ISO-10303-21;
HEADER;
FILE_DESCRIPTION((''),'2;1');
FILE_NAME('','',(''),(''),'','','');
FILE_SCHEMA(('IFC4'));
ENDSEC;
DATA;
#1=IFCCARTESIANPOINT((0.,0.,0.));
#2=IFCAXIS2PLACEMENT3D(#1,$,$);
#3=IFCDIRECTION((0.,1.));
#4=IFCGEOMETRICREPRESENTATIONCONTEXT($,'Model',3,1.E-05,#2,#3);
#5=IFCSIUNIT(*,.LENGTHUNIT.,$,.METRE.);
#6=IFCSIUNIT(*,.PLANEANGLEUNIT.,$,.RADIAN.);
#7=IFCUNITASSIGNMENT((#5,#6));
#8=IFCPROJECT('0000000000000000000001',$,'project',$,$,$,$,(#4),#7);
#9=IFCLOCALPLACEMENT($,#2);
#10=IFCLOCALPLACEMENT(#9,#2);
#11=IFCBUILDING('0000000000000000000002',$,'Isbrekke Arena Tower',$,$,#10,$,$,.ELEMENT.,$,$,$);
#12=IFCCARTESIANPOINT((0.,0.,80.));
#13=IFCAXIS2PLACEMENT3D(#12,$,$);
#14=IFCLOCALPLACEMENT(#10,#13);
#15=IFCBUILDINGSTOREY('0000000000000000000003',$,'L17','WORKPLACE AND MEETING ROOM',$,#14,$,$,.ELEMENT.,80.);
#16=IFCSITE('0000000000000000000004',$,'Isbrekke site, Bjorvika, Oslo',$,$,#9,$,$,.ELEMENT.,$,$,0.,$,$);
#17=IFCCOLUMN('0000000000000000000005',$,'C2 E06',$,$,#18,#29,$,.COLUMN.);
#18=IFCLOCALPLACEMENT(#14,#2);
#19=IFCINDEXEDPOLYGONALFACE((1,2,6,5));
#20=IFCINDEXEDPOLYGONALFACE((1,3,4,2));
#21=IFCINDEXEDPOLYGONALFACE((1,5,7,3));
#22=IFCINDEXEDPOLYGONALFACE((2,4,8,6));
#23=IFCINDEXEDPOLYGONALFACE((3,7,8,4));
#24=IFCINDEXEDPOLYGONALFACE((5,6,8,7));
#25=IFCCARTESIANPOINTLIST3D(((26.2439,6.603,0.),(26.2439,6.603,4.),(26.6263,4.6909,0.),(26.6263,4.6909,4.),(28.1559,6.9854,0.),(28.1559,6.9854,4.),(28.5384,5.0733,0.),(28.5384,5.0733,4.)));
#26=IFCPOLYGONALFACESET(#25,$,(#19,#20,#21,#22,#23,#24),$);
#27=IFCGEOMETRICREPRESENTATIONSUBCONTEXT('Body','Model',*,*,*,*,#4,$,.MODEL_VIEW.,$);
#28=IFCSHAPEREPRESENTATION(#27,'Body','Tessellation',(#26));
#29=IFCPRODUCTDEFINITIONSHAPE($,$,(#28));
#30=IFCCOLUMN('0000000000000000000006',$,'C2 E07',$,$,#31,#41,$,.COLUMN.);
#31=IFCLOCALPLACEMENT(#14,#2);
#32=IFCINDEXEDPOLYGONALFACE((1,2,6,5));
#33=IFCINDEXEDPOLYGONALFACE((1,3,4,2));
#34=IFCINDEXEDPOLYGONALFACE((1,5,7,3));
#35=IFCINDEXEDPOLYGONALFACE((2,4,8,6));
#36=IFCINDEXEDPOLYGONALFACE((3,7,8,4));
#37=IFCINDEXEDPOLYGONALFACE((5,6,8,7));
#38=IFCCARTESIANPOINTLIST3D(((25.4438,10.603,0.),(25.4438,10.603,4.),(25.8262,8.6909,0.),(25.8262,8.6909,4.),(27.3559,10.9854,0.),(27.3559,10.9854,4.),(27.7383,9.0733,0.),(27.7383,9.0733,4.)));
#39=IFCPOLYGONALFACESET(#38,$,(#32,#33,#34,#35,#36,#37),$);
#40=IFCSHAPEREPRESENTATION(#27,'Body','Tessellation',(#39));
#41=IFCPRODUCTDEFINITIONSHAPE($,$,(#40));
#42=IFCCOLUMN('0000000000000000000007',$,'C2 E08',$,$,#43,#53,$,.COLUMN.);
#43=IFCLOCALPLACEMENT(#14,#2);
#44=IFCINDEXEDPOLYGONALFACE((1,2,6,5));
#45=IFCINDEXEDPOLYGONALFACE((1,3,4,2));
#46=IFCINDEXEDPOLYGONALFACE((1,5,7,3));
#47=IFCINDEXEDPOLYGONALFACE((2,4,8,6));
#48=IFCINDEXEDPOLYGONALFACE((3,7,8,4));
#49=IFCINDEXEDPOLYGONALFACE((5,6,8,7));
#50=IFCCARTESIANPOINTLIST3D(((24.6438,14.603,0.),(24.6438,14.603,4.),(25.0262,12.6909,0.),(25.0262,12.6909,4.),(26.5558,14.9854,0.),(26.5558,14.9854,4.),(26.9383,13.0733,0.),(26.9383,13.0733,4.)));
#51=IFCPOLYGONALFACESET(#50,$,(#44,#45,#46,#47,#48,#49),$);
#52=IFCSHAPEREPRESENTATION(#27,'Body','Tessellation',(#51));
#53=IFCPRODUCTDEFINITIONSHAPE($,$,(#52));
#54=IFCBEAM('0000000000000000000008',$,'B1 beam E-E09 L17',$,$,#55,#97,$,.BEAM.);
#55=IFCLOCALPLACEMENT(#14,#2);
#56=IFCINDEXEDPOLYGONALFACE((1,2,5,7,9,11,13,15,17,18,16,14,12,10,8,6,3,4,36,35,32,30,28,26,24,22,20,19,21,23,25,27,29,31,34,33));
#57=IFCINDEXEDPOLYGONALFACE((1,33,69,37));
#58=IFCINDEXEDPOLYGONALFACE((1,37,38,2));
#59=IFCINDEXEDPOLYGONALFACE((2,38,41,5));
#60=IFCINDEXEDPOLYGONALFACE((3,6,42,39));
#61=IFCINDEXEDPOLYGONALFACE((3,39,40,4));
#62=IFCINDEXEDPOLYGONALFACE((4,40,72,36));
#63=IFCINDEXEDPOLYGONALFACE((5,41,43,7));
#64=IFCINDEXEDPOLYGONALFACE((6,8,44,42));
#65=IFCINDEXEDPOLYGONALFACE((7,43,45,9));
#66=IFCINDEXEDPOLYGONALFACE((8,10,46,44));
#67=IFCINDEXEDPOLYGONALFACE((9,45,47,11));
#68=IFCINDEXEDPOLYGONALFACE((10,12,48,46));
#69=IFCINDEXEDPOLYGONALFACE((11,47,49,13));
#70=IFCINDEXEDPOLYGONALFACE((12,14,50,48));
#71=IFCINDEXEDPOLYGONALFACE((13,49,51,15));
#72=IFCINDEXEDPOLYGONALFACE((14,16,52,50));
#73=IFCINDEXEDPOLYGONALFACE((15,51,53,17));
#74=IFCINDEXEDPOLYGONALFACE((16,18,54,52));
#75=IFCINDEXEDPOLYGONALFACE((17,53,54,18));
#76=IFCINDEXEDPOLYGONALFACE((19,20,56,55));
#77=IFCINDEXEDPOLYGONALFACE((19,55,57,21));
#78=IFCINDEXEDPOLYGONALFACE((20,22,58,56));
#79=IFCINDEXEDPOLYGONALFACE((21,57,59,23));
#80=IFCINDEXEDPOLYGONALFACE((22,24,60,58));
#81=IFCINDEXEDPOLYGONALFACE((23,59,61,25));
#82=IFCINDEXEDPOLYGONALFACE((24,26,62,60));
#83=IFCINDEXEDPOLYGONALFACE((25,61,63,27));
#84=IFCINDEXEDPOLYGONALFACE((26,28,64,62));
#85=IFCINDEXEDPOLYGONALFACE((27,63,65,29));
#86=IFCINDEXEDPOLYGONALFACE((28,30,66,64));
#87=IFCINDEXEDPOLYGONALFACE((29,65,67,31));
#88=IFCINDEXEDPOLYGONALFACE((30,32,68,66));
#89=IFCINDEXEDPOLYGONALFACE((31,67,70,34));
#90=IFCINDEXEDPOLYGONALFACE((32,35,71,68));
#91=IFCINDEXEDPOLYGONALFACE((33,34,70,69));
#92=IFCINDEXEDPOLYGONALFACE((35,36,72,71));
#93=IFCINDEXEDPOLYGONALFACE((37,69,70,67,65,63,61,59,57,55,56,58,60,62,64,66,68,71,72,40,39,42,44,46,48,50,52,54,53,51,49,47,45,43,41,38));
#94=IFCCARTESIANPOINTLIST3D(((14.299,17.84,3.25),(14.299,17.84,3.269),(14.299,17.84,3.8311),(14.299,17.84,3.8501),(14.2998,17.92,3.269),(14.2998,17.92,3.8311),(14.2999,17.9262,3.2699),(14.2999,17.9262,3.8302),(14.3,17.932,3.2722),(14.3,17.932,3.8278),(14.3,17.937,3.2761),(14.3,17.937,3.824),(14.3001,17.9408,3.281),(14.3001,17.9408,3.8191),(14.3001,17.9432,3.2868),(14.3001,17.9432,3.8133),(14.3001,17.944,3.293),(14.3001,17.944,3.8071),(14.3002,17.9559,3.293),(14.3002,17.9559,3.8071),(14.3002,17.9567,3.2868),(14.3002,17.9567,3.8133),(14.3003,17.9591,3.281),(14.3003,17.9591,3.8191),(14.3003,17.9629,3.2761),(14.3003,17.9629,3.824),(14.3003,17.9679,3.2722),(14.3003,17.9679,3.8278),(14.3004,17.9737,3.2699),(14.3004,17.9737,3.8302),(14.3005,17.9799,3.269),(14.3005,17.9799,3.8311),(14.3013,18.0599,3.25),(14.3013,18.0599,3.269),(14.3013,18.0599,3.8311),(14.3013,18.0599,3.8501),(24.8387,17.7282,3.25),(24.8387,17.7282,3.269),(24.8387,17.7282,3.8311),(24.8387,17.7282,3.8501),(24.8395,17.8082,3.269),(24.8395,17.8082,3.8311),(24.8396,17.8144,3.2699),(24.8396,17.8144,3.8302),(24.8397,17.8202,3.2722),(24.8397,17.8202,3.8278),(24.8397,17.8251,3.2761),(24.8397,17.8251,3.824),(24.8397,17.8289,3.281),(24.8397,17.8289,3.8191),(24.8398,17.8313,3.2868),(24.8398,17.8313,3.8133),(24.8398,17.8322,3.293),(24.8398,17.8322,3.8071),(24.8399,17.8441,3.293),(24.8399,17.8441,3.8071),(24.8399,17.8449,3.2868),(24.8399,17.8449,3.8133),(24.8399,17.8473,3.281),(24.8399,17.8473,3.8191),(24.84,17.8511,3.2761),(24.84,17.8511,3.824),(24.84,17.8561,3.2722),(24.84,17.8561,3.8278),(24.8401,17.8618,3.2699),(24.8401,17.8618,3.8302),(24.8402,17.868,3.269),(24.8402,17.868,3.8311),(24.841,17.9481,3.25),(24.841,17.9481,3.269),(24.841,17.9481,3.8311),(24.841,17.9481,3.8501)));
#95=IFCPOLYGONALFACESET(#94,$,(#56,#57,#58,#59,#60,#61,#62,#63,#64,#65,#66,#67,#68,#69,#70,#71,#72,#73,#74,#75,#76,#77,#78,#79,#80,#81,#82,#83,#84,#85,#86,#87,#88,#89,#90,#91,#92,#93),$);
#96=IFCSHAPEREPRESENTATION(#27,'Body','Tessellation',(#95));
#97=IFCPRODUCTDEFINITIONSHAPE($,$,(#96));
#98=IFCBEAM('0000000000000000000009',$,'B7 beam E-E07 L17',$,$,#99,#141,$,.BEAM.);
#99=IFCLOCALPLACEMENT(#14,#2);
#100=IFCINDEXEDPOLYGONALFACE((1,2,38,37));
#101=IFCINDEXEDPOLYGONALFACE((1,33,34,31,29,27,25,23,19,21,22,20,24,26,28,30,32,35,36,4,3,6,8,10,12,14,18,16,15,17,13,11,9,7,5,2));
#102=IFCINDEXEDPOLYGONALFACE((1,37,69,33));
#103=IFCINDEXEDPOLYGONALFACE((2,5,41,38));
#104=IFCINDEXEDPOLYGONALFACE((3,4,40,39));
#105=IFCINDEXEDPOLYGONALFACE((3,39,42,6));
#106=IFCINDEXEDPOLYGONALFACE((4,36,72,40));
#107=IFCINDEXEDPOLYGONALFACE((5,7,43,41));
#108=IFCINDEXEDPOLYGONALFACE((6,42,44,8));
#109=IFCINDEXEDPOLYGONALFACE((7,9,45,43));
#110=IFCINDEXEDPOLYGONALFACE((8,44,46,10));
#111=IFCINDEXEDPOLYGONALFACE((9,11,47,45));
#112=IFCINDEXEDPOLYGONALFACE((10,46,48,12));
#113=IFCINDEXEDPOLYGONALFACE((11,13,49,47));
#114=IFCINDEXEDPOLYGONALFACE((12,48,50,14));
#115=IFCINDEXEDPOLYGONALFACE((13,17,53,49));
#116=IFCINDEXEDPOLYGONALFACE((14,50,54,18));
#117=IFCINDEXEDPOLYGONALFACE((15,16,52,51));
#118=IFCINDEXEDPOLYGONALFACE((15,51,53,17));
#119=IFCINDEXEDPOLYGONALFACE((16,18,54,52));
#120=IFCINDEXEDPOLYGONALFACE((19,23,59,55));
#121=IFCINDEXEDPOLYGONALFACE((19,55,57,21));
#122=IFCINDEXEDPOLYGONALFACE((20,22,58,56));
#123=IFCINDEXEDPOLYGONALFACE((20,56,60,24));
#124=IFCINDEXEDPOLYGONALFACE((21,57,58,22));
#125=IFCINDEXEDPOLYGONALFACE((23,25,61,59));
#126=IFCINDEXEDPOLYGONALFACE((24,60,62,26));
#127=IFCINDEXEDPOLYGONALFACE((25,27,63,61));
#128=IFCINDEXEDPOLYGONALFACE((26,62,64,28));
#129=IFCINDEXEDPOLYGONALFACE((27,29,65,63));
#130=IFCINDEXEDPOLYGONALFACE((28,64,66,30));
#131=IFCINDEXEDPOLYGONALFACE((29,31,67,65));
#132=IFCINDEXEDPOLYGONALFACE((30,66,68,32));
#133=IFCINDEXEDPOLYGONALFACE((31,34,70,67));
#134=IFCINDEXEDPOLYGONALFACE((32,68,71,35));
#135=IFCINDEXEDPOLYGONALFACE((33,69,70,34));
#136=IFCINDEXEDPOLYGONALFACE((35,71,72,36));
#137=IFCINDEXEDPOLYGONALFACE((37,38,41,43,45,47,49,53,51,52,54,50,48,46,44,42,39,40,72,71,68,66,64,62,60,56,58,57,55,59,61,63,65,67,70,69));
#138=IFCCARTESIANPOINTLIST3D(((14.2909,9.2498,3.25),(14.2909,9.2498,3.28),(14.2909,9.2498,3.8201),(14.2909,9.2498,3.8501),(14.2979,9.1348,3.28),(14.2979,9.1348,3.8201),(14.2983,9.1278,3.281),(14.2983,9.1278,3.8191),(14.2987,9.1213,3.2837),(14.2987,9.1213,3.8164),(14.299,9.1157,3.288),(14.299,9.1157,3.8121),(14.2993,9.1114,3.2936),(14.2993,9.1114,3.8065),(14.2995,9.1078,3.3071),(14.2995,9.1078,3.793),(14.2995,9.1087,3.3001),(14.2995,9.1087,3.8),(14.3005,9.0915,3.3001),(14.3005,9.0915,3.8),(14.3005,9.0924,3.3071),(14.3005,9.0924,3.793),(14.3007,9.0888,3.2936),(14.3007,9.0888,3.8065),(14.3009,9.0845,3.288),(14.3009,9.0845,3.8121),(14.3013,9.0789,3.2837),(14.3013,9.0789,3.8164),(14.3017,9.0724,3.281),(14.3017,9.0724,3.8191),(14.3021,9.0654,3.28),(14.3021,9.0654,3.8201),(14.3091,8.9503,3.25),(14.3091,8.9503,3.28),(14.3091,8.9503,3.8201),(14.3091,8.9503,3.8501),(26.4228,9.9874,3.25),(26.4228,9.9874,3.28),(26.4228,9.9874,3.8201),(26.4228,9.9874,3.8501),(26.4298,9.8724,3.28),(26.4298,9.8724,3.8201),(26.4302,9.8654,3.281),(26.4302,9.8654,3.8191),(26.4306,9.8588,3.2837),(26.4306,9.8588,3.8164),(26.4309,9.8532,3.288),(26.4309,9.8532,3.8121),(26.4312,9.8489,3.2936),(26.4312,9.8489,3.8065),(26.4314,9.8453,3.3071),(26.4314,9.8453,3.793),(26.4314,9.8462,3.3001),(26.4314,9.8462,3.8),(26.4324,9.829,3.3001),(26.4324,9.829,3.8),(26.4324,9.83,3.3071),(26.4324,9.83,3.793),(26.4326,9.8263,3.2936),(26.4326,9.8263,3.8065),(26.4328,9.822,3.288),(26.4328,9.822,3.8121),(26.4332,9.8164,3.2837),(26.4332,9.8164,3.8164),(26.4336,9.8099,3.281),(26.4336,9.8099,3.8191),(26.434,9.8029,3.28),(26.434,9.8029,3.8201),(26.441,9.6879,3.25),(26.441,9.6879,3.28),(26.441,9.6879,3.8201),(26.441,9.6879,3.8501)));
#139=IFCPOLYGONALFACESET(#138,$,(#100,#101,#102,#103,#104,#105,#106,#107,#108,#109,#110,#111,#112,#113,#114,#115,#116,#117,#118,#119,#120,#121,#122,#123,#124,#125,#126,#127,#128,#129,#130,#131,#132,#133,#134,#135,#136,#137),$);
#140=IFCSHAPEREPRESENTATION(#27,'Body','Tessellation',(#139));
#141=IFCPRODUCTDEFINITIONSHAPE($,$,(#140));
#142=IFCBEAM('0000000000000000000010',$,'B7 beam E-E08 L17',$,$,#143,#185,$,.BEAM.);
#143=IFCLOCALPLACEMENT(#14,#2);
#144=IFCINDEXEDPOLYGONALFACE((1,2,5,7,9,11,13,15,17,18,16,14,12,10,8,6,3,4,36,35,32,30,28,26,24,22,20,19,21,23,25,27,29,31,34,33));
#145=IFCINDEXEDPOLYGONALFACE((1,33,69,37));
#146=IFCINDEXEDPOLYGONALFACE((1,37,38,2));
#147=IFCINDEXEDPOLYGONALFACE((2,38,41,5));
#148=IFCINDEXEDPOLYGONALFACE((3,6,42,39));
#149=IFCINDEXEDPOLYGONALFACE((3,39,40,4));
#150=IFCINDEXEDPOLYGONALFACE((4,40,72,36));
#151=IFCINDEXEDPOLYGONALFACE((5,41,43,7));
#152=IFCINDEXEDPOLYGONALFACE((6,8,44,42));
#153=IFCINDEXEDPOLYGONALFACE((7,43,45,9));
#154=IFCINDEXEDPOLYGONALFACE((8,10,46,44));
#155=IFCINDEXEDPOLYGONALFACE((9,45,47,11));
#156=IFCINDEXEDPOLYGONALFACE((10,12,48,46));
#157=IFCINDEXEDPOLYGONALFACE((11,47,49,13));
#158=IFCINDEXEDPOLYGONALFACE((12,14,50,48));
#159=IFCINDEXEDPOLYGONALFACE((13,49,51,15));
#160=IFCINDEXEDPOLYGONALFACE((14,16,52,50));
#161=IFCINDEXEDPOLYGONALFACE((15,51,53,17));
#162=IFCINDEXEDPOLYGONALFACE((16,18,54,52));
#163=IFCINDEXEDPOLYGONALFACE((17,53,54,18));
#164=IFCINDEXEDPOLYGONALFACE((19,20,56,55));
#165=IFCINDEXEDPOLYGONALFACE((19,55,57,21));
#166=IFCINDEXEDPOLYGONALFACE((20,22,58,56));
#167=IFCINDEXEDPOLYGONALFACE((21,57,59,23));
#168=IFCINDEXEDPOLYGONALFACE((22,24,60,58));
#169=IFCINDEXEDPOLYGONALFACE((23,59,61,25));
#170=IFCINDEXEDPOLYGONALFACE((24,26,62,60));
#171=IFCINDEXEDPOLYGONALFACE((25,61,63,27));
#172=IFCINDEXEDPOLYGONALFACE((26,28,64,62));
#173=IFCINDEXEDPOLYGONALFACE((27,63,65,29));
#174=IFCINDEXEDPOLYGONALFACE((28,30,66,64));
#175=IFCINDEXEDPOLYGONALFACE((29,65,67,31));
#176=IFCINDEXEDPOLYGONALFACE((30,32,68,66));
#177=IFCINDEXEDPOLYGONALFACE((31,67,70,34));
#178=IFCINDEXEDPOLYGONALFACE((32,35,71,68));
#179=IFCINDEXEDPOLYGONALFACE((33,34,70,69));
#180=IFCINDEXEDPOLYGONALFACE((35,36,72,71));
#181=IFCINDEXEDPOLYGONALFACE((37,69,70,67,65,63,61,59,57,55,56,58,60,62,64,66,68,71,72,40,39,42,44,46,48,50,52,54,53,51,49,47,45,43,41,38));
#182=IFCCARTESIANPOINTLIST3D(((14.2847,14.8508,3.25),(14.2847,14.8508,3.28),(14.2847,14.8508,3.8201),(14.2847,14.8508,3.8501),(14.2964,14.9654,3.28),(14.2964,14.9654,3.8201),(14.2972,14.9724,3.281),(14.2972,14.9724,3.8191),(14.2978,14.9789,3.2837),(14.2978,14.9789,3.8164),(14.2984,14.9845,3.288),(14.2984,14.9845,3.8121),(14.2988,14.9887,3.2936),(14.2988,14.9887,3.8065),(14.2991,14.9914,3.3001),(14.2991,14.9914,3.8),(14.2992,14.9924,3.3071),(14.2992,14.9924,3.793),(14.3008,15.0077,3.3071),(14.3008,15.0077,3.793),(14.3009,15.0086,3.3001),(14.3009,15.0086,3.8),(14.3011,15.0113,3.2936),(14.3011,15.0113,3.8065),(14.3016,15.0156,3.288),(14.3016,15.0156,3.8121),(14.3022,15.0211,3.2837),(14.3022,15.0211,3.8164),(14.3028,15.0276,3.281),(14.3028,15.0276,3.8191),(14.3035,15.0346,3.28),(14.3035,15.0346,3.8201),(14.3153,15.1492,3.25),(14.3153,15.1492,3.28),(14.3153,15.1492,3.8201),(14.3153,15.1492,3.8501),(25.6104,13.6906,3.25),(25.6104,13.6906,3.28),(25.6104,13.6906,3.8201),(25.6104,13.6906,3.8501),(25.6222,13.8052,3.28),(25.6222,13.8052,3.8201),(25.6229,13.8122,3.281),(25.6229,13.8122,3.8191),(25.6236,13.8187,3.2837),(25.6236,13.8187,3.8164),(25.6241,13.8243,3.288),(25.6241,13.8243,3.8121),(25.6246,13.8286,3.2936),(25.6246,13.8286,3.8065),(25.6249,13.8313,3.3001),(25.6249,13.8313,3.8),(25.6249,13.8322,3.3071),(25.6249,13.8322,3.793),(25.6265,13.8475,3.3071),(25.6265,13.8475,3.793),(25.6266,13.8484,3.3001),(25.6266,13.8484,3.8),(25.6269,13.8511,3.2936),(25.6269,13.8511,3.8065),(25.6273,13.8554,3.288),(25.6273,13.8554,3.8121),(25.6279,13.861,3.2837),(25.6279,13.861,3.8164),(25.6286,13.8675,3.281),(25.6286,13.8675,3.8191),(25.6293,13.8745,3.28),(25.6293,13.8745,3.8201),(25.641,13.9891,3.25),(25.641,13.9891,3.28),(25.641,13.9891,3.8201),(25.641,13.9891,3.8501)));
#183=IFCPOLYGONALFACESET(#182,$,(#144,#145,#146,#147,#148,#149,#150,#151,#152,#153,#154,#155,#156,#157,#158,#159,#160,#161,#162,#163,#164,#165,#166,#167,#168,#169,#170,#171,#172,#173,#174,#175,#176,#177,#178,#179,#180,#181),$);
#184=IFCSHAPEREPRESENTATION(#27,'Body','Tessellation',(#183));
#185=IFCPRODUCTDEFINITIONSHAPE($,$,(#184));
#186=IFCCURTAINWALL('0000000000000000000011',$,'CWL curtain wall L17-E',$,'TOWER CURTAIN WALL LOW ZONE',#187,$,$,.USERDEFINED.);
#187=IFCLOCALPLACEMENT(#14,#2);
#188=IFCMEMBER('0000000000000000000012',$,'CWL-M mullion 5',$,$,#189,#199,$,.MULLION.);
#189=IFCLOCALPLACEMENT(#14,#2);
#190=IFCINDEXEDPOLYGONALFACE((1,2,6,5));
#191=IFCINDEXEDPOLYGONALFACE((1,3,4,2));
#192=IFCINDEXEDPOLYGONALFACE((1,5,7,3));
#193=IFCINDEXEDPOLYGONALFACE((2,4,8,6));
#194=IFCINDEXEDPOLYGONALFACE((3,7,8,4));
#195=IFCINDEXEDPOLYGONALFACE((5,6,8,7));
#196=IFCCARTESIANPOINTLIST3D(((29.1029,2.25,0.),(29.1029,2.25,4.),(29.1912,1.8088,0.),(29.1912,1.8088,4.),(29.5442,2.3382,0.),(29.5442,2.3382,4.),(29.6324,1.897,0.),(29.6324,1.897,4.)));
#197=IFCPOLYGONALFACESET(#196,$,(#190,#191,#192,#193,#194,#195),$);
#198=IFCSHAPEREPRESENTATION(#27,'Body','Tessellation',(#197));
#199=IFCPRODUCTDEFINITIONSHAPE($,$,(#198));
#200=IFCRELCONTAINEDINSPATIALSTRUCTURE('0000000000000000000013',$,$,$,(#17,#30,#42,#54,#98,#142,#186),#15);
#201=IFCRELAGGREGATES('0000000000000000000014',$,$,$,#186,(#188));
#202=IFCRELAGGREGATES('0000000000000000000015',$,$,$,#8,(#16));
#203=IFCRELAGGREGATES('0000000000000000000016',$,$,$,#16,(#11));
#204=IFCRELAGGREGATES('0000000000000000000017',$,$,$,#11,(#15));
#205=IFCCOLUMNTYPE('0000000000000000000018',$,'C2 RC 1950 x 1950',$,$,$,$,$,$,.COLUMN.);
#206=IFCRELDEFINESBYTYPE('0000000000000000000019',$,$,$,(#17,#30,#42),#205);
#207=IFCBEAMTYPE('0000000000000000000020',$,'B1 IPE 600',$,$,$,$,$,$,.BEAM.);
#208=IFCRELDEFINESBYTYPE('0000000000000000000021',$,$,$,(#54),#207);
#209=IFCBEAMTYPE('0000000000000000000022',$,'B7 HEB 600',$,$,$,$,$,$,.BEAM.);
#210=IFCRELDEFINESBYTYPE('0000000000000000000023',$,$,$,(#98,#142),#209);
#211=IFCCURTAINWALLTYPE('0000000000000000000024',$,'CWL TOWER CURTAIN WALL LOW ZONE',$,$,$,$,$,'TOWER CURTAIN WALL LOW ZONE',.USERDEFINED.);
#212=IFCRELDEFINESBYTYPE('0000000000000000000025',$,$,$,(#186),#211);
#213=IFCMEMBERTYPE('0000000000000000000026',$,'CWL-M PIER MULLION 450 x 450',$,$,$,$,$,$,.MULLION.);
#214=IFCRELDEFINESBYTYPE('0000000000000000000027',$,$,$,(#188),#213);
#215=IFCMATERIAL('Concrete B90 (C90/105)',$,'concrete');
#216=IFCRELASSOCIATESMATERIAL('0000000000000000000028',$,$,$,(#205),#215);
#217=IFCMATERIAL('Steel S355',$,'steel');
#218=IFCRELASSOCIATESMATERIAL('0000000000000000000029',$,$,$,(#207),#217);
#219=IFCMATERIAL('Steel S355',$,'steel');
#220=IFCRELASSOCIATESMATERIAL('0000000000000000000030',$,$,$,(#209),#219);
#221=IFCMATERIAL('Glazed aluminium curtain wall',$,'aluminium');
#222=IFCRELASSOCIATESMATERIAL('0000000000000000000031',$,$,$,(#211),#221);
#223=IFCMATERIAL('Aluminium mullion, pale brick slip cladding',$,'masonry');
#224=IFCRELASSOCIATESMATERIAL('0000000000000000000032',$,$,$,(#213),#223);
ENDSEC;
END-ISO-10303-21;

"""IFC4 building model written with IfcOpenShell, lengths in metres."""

from ifc_helpers import new_model, si_unit, direction, frame, origin, origin_2d, place, context, subcontext, project, spatial, rectangle, i_section, extrude, material, material_profile, profile_set, type_object, element, aggregate, save


model = new_model("IFC4")

# Units and contexts
model_context = context("Model", 3, precision=1e-05, world=origin(), true_north=direction((0.0, 1.0)))
body_context = subcontext(model_context, "Body", "Model", "MODEL_VIEW")
ifc_project = project(units=[si_unit("LENGTHUNIT", "METRE"), si_unit("PLANEANGLEUNIT", "RADIAN")], contexts=[model_context])

# Site, building, storey
site_placement = place(None, origin())
site = spatial("IfcSite", under=ifc_project, at=site_placement, Name="Isbrekke site, Bjorvika, Oslo", CompositionType="ELEMENT", RefElevation=0.0)
building_placement = place(site_placement, origin())
building = spatial("IfcBuilding", under=site, at=building_placement, Name="Isbrekke Arena Tower", CompositionType="ELEMENT")
storey_placement = place(building_placement, frame((0.0, 0.0, 80.0)))
storey = spatial("IfcBuildingStorey", under=building, at=storey_placement, Name="L17", Description="WORKPLACE AND MEETING ROOM", CompositionType="ELEMENT", Elevation=80.0)

# Columns
ifc_material_1 = material(Name="Concrete B90 (C90/105)", Category="concrete")
ifc_material_profile_1 = material_profile(ifc_material_1, rectangle(XDim=1.95, YDim=1.95, at=origin_2d()), Name="RC 1950x1950")
ifc_profile_set_1 = profile_set([ifc_material_profile_1], Name="Concrete B90 (C90/105)")
column_type = type_object("IfcColumnType", Name="C2 RC 1950 x 1950", PredefinedType="COLUMN", material=ifc_profile_set_1)
for number, where, z_axis, x_axis, name in (
    (1, (27.3911, 5.8381, 0.0), (0.0, 0.0, 1.0), (-0.196116, 0.980581, 0.0), "C2 E06"),
    (2, (26.5911, 9.8381, 0.0), (0.0, 0.0, 1.0), (-0.196116, 0.980581, 0.0), "C2 E07"),
    (3, (25.791, 13.8381, 0.0), (0.0, 0.0, 1.0), (-0.196116, 0.980581, 0.0), "C2 E08"),
):
    element("IfcColumn", number, at=place(storey_placement, frame(where, z_axis=z_axis, x_axis=x_axis)), inside=storey, type_object=column_type, Name=name, PredefinedType="COLUMN", context=body_context, shape_type="SweptSolid", body=[
        extrude(rectangle(XDim=1.95, YDim=1.95, at=origin_2d()), origin(), (0.0, 0.0, 1.0), 4.0),
    ])

# Beams
ifc_material_2 = material(Name="Steel S355", Category="steel")
ifc_material_profile_2 = material_profile(ifc_material_2, i_section(OverallWidth=0.22, OverallDepth=0.6001, WebThickness=0.012, FlangeThickness=0.019, FilletRadius=0.0239, at=origin_2d()), Name="IPE 600")
ifc_profile_set_2 = profile_set([ifc_material_profile_2], Name="Steel S355")
beam_type_1 = type_object("IfcBeamType", Name="B1 IPE 600", PredefinedType="BEAM", material=ifc_profile_set_2)
beam_1_placement = place(storey_placement, frame((24.8398, 17.8381, 3.55), z_axis=(-0.999944, 0.010608, 0.0), x_axis=(-0.010608, -0.999944, 0.0)))
element("IfcBeam", 4, at=beam_1_placement, inside=storey, type_object=beam_type_1, Name="B1 beam E-E09 L17", PredefinedType="BEAM", context=body_context, shape_type="SweptSolid", body=[
    extrude(i_section(OverallWidth=0.22, OverallDepth=0.6001, WebThickness=0.012, FlangeThickness=0.019, FilletRadius=0.0239, at=origin_2d()), origin(), (0.0, 0.0, 1.0), 10.5403),
])
ifc_material_3 = material(Name="Steel S355", Category="steel")
ifc_material_profile_3 = material_profile(ifc_material_3, i_section(OverallWidth=0.3, OverallDepth=0.6001, WebThickness=0.0154, FlangeThickness=0.03, FilletRadius=0.0271, at=origin_2d()), Name="HEB 600")
ifc_profile_set_3 = profile_set([ifc_material_profile_3], Name="Steel S355")
beam_type_2 = type_object("IfcBeamType", Name="B7 HEB 600", PredefinedType="BEAM", material=ifc_profile_set_3)
beam_2_placement = place(storey_placement, frame((26.4319, 9.8376, 3.55), z_axis=(-0.998157, -0.060682, 0.0), x_axis=(0.060682, -0.998157, 0.0)))
element("IfcBeam", 5, at=beam_2_placement, inside=storey, type_object=beam_type_2, Name="B7 beam E-E07 L17", PredefinedType="BEAM", context=body_context, shape_type="SweptSolid", body=[
    extrude(i_section(OverallWidth=0.3, OverallDepth=0.6001, WebThickness=0.0154, FlangeThickness=0.03, FilletRadius=0.0271, at=origin_2d()), origin(), (0.0, 0.0, 1.0), 12.1543),
])
beam_3_placement = place(storey_placement, frame((25.6257, 13.8398, 3.55), z_axis=(-0.994794, 0.101903, 0.0), x_axis=(-0.101903, -0.994794, 0.0)))
element("IfcBeam", 6, at=beam_3_placement, inside=storey, type_object=beam_type_2, Name="B7 beam E-E08 L17", PredefinedType="BEAM", context=body_context, shape_type="SweptSolid", body=[
    extrude(i_section(OverallWidth=0.3, OverallDepth=0.6001, WebThickness=0.0154, FlangeThickness=0.03, FilletRadius=0.0271, at=origin_2d()), origin(), (0.0, 0.0, 1.0), 11.385),
])

# Curtain wall, member
ifc_material_4 = material(Name="Glazed aluminium curtain wall", Category="aluminium")
curtain_wall_type = type_object("IfcCurtainWallType", Name="CWL TOWER CURTAIN WALL LOW ZONE", ElementType="TOWER CURTAIN WALL LOW ZONE", PredefinedType="USERDEFINED", material=ifc_material_4)
curtain_wall_placement = place(storey_placement, origin())
curtain_wall = element("IfcCurtainWall", 7, at=curtain_wall_placement, inside=storey, type_object=curtain_wall_type, Name="CWL curtain wall L17-E", ObjectType="TOWER CURTAIN WALL LOW ZONE", PredefinedType="USERDEFINED")
ifc_material_5 = material(Name="Aluminium mullion, pale brick slip cladding", Category="masonry")
ifc_material_profile_4 = material_profile(ifc_material_5, rectangle(XDim=0.45, YDim=0.45, at=origin_2d()), Name="PIER 450X450")
ifc_profile_set_4 = profile_set([ifc_material_profile_4], Name="Aluminium mullion, pale brick slip cladding")
member_type_1 = type_object("IfcMemberType", Name="CWL-M PIER MULLION 450 x 450", PredefinedType="MULLION", material=ifc_profile_set_4)
member_1_placement = place(storey_placement, frame((29.3677, 2.0735, 0.0), z_axis=(0.0, 0.0, 1.0), x_axis=(-0.196116, 0.980581, 0.0)))
member_1 = element("IfcMember", 8, at=member_1_placement, type_object=member_type_1, Name="CWL-M mullion 5", PredefinedType="MULLION", context=body_context, shape_type="SweptSolid", body=[
    extrude(rectangle(XDim=0.45, YDim=0.45, at=origin_2d()), origin(), (0.0, 0.0, 1.0), 4.0),
])

aggregate(curtain_wall, [member_1])

save(model, "model.ifc")
